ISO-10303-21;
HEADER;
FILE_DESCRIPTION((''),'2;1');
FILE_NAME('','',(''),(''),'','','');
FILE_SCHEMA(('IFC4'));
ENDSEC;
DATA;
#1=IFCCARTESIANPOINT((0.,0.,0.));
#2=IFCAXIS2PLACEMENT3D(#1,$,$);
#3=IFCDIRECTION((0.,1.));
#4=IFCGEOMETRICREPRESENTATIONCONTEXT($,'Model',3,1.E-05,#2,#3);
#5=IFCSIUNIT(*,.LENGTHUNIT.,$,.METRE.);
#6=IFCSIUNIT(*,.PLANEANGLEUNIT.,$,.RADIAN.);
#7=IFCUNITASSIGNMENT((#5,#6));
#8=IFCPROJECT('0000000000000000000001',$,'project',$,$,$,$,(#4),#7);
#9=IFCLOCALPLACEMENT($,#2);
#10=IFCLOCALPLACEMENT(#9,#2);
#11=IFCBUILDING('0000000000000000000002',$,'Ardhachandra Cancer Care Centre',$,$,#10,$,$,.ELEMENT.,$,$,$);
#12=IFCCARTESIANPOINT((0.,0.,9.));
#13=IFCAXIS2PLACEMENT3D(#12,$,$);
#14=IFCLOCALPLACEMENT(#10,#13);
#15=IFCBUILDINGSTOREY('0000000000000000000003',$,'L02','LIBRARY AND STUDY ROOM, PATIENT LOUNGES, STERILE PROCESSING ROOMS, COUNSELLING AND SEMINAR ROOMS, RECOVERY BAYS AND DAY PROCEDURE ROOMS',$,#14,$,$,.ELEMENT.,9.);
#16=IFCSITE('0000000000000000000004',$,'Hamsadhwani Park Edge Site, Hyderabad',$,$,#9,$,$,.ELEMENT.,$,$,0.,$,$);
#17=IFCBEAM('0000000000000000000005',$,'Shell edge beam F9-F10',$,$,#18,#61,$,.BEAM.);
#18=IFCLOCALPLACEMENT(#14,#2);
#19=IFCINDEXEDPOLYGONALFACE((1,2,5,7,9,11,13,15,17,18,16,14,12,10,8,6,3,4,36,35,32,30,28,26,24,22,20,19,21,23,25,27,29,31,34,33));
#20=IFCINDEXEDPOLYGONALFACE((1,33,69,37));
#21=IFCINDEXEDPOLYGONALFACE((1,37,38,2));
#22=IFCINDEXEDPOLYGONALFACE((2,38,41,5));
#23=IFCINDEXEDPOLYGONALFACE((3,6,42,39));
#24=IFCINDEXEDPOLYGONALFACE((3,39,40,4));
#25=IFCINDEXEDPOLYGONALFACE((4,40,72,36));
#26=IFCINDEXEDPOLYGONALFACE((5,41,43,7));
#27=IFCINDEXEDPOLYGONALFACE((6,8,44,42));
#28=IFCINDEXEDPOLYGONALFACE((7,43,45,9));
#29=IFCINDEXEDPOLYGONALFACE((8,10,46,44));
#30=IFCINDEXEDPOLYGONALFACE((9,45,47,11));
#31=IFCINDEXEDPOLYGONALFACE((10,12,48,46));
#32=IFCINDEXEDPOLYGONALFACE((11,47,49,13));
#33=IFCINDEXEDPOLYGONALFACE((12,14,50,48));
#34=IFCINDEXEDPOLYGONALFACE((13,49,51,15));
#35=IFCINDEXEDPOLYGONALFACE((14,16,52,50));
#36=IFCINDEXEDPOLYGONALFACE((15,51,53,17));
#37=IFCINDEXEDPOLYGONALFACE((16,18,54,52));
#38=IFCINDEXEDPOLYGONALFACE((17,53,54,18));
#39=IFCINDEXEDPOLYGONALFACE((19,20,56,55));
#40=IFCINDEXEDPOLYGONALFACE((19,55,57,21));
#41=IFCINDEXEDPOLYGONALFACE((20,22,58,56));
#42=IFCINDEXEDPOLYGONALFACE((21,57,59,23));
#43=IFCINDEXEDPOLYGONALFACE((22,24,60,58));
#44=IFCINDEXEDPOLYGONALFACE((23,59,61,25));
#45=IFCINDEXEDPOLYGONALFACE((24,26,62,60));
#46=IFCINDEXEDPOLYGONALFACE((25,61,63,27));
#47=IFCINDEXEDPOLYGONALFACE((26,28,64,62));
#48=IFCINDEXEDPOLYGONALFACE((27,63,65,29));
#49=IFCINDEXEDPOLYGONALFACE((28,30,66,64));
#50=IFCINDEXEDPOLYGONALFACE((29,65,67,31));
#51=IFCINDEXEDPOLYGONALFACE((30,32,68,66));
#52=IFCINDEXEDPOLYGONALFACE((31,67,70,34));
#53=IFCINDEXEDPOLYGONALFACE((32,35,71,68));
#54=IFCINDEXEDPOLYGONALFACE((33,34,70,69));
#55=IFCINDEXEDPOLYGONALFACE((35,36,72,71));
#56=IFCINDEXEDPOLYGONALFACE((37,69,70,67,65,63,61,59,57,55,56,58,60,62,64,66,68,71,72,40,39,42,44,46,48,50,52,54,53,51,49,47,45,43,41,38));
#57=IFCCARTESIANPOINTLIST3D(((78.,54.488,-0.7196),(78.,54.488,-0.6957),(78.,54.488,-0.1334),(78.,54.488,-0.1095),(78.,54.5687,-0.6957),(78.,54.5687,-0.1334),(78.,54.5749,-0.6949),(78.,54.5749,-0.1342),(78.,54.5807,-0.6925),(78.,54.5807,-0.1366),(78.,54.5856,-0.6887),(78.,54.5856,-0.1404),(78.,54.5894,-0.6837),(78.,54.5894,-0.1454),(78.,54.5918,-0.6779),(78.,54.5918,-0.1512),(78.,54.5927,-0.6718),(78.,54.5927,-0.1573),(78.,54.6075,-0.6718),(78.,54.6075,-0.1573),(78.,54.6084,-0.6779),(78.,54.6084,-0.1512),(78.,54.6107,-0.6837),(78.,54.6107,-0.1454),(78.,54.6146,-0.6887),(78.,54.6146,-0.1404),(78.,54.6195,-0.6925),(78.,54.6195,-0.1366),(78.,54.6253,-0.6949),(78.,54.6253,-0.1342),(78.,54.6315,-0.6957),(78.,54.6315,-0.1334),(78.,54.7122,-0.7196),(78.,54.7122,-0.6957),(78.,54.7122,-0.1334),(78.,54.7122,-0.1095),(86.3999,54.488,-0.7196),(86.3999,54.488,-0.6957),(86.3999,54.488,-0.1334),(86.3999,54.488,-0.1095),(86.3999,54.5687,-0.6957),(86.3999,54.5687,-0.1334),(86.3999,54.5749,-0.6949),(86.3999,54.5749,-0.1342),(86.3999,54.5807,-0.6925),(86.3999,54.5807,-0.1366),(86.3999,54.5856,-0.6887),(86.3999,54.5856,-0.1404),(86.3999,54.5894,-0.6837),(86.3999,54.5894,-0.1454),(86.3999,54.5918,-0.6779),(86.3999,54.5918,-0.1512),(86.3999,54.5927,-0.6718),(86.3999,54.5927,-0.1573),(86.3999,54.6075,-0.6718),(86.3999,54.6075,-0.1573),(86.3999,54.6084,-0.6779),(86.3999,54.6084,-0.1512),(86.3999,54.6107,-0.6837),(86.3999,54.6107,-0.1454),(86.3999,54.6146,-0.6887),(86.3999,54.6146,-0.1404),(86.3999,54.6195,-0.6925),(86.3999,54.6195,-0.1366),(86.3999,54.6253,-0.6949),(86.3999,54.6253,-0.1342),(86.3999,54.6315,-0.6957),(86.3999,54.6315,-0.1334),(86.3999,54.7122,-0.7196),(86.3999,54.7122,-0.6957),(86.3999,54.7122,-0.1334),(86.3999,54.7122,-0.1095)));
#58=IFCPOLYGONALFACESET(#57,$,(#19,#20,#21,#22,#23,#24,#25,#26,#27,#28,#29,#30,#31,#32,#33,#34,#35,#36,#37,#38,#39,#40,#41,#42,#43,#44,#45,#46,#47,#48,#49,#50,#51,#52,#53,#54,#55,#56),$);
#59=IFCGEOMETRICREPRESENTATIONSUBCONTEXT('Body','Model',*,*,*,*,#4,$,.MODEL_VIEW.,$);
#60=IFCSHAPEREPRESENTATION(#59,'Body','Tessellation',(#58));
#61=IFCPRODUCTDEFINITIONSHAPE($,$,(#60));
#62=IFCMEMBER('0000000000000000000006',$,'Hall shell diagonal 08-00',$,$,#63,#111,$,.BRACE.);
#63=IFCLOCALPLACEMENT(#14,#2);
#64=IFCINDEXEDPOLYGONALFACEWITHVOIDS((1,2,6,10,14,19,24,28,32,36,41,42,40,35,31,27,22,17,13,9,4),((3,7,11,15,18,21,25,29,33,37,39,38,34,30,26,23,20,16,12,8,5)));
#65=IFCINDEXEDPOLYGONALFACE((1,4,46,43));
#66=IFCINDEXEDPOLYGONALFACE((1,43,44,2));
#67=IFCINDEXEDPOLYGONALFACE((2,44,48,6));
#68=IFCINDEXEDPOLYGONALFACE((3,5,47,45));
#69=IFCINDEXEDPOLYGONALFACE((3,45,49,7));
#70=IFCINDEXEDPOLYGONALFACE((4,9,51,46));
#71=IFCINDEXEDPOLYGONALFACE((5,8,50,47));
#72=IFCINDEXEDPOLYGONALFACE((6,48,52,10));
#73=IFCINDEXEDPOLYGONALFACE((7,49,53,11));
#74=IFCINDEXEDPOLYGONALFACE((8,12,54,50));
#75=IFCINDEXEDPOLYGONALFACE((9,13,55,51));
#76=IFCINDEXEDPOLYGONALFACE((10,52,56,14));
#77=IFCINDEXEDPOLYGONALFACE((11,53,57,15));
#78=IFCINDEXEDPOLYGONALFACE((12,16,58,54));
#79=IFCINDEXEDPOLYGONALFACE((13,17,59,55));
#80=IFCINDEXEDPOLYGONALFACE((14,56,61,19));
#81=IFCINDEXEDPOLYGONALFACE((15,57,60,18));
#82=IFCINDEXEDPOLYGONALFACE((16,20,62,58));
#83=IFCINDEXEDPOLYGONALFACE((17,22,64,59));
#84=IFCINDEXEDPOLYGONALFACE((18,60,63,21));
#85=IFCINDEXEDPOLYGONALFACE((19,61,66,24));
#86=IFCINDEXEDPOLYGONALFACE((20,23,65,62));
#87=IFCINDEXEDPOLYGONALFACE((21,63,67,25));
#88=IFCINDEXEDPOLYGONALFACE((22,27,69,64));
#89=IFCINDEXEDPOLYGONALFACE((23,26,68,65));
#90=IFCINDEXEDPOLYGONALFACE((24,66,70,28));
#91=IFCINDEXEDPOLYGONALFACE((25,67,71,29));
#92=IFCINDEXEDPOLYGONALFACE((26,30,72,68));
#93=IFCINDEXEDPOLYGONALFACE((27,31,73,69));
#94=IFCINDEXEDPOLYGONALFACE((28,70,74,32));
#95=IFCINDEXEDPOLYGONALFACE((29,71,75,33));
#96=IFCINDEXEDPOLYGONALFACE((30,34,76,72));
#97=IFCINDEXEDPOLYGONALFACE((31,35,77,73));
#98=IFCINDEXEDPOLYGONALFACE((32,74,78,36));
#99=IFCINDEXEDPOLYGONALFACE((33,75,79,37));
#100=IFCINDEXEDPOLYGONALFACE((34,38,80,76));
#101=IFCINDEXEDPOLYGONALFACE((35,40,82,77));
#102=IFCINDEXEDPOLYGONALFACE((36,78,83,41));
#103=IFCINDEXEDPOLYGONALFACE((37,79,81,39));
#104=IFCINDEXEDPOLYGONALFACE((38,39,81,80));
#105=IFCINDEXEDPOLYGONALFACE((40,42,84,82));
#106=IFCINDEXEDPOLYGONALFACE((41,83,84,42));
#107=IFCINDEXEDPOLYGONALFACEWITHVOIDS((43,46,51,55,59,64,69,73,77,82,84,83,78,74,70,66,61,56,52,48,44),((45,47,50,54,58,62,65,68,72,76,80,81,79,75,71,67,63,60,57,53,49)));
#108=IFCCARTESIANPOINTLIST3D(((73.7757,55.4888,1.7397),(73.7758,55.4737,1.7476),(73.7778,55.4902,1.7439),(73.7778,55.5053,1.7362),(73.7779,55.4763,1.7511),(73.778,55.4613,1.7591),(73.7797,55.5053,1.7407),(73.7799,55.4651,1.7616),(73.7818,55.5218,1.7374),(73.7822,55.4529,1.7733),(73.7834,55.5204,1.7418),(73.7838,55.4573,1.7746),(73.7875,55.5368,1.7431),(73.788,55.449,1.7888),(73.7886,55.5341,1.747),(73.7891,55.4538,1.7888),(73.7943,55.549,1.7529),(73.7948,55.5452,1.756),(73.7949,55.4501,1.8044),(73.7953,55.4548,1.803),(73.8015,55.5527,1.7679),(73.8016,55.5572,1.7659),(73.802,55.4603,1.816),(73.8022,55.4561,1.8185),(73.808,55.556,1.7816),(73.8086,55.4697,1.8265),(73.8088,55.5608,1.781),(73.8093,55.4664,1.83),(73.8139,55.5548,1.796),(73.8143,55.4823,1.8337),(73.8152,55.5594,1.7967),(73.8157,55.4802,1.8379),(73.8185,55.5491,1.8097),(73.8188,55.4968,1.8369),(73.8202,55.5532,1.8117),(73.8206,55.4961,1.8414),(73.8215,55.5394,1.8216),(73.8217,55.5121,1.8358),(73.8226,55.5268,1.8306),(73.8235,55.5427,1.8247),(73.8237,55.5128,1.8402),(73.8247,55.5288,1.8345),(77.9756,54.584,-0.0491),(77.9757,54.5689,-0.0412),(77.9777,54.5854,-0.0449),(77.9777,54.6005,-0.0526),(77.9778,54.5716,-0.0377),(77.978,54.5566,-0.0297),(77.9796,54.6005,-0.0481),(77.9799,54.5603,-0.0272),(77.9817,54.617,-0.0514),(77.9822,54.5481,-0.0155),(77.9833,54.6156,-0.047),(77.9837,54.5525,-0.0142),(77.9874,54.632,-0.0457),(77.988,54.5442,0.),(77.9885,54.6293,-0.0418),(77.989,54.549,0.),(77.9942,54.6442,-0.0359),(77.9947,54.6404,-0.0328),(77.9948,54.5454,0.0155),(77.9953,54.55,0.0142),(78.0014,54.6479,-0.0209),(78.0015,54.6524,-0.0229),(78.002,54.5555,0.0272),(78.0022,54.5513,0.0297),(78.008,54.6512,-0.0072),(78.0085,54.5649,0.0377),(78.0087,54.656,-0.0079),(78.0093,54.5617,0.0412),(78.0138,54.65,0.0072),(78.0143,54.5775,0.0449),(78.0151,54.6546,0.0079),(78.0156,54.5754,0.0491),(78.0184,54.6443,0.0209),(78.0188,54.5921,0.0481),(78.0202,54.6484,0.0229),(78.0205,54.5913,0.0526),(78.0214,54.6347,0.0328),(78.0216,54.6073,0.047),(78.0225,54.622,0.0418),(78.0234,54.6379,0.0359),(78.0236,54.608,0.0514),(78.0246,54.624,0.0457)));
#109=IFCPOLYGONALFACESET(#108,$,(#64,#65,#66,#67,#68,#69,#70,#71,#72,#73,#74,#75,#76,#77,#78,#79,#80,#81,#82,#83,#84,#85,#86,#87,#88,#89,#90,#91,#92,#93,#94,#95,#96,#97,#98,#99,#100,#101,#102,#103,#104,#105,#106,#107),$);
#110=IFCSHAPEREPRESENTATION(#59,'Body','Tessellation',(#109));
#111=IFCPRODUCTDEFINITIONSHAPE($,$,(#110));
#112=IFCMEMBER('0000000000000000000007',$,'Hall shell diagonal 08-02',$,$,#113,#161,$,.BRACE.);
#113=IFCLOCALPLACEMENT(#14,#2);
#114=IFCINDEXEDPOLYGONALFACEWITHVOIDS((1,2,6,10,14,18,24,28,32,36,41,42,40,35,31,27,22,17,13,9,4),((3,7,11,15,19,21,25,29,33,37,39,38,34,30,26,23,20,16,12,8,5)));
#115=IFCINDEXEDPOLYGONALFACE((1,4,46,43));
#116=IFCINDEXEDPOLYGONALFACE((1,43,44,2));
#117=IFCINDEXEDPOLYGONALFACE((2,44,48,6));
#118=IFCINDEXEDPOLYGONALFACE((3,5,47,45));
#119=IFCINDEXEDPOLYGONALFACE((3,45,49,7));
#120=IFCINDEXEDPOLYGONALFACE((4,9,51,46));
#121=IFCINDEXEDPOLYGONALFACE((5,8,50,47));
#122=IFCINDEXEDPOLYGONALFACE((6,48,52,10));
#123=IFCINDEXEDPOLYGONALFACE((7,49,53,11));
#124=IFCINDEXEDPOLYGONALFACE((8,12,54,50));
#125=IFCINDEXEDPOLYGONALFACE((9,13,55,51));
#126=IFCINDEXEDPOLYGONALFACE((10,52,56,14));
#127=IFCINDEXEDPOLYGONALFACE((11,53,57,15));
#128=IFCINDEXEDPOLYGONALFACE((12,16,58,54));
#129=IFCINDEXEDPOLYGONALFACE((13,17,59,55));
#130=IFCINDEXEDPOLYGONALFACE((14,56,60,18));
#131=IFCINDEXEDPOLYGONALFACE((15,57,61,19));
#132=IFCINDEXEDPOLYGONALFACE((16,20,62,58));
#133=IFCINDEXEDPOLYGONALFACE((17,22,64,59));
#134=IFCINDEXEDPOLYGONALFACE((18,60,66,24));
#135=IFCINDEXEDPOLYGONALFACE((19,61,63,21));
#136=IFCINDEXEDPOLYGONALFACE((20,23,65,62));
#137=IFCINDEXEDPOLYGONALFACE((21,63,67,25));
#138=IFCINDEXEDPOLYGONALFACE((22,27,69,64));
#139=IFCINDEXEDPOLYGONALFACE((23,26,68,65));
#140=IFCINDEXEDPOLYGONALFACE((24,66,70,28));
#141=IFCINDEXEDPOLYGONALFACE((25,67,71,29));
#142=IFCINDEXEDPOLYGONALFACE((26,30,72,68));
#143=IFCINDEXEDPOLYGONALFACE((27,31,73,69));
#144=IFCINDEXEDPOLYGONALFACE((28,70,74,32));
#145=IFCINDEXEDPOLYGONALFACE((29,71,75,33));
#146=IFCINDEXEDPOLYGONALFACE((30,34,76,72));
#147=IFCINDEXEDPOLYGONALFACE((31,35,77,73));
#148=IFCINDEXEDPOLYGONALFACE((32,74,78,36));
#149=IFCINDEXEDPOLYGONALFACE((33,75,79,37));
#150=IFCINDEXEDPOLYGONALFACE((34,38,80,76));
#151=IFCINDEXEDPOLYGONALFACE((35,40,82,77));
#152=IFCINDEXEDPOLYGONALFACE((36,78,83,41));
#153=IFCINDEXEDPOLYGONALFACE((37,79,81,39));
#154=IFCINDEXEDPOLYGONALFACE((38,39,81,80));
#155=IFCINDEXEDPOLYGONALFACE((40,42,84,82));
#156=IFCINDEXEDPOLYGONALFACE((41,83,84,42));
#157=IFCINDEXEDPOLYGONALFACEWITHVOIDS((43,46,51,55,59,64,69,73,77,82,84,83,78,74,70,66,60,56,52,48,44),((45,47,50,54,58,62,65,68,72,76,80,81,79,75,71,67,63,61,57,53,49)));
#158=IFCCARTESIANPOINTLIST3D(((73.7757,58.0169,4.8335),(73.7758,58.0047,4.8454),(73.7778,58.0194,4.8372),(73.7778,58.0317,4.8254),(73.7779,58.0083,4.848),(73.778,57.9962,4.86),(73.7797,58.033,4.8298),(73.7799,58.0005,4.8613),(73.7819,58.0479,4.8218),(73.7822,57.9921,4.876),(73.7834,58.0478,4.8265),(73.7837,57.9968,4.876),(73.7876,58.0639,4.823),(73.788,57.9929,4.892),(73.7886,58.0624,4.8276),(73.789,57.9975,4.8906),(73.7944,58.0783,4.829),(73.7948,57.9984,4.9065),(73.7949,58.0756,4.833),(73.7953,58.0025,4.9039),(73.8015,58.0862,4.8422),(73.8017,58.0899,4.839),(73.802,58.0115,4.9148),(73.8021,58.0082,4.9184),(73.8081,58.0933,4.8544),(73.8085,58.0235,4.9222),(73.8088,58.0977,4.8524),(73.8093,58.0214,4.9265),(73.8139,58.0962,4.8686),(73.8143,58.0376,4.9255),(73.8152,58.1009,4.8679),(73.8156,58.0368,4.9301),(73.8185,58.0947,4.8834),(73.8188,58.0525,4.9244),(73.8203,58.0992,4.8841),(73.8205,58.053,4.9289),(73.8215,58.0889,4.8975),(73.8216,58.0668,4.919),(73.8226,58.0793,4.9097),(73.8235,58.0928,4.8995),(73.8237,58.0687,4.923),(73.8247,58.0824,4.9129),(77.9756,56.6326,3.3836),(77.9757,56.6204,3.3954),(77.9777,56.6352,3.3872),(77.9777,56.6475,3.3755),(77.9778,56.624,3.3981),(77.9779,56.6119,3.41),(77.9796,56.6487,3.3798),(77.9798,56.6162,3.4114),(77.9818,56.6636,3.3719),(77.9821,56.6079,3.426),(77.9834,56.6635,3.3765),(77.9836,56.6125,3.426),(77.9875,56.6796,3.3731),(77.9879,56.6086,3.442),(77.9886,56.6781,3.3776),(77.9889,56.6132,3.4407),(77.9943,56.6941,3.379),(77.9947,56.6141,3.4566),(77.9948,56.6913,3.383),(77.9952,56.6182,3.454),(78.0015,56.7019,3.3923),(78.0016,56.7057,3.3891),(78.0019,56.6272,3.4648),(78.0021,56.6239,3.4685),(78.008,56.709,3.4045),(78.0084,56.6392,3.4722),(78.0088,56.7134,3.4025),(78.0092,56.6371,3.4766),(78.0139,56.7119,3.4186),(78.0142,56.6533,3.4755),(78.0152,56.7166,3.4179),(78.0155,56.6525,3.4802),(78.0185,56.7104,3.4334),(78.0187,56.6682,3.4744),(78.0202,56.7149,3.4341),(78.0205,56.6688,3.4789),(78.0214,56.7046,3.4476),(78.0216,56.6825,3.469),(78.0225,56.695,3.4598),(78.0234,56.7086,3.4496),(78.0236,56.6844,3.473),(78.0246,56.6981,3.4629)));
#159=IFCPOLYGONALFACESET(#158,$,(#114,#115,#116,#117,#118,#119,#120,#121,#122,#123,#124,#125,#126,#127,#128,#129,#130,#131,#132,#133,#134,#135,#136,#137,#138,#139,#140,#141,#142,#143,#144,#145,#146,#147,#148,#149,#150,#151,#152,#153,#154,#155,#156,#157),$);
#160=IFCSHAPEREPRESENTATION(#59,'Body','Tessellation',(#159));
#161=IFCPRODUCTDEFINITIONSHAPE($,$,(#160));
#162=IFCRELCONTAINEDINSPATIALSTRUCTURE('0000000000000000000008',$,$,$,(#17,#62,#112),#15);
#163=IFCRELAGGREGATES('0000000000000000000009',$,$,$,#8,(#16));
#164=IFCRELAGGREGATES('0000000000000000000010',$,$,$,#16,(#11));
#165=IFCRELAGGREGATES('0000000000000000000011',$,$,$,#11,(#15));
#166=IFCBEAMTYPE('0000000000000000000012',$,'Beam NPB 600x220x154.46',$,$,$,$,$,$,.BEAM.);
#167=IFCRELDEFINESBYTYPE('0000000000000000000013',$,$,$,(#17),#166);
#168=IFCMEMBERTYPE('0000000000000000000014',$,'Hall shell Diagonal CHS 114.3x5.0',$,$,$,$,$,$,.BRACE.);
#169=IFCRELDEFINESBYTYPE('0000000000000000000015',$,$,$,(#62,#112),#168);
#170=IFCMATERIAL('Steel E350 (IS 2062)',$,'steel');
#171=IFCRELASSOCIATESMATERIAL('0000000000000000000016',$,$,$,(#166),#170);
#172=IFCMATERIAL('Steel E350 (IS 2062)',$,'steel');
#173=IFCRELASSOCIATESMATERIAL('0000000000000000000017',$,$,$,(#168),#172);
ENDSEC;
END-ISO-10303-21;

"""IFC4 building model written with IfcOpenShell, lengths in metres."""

from ifc_helpers import new_model, si_unit, direction, frame, origin, origin_2d, place, context, subcontext, project, spatial, hollow_circle, i_section, extrude, material, material_profile, profile_set, type_object, element, save


model = new_model("IFC4")

# Units and contexts
model_context = context("Model", 3, precision=1e-05, world=origin(), true_north=direction((0.0, 1.0)))
body_context = subcontext(model_context, "Body", "Model", "MODEL_VIEW")
ifc_project = project(units=[si_unit("LENGTHUNIT", "METRE"), si_unit("PLANEANGLEUNIT", "RADIAN")], contexts=[model_context])

# Site, building, storey
site_placement = place(None, origin())
site = spatial("IfcSite", under=ifc_project, at=site_placement, Name="Hamsadhwani Park Edge Site, Hyderabad", CompositionType="ELEMENT", RefElevation=0.0)
building_placement = place(site_placement, origin())
building = spatial("IfcBuilding", under=site, at=building_placement, Name="Ardhachandra Cancer Care Centre", CompositionType="ELEMENT")
storey_placement = place(building_placement, frame((0.0, 0.0, 9.0)))
storey = spatial("IfcBuildingStorey", under=building, at=storey_placement, Name="L02", Description="LIBRARY AND STUDY ROOM, PATIENT LOUNGES, STERILE PROCESSING ROOMS, COUNSELLING AND SEMINAR ROOMS, RECOVERY BAYS AND DAY PROCEDURE ROOMS", CompositionType="ELEMENT", Elevation=9.0)

# Beam
ifc_material_1 = material(Name="Steel E350 (IS 2062)", Category="steel")
ifc_material_profile_1 = material_profile(ifc_material_1, i_section(OverallWidth=0.2241, OverallDepth=0.6101, WebThickness=0.0149, FlangeThickness=0.0239, FilletRadius=0.0239, at=origin_2d()), Name="NPB 600x220x154.46")
ifc_profile_set_1 = profile_set([ifc_material_profile_1], Name="Steel E350 (IS 2062)")
beam_type = type_object("IfcBeamType", Name="Beam NPB 600x220x154.46", PredefinedType="BEAM", material=ifc_profile_set_1)
beam_placement = place(storey_placement, frame((78.0, 54.6001, -0.4146), z_axis=(1.0, 0.0, 0.0), x_axis=(0.0, 1.0, 0.0)))
element("IfcBeam", 1, at=beam_placement, inside=storey, type_object=beam_type, Name="Shell edge beam F9-F10", PredefinedType="BEAM", context=body_context, shape_type="SweptSolid", body=[
    extrude(i_section(OverallWidth=0.2241, OverallDepth=0.6101, WebThickness=0.0149, FlangeThickness=0.0239, FilletRadius=0.0239, at=origin_2d()), origin(), (0.0, 0.0, 1.0), 8.3999),
])

# Members
ifc_material_2 = material(Name="Steel E350 (IS 2062)", Category="steel")
ifc_material_profile_2 = material_profile(ifc_material_2, hollow_circle(Radius=0.0571, WallThickness=0.0049, at=origin_2d()), Name="CHS 114.3x5.0")
ifc_profile_set_2 = profile_set([ifc_material_profile_2], Name="Steel E350 (IS 2062)")
member_type_1 = type_object("IfcMemberType", Name="Hall shell Diagonal CHS 114.3x5.0", PredefinedType="BRACE", material=ifc_profile_set_2)
for number, where, z_axis, x_axis, name in (
    (2, (78.0, 54.6001, 0.0), (-0.902473, 0.194417, 0.384376), (-0.210596, -0.977573, 0.0), "Hall shell diagonal 08-00"),
    (3, (78.0, 56.6621, 3.426), (-0.902471, 0.297449, 0.311561), (-0.313029, -0.949743, 0.0), "Hall shell diagonal 08-02"),
):
    element("IfcMember", number, at=place(storey_placement, frame(where, z_axis=z_axis, x_axis=x_axis)), inside=storey, type_object=member_type_1, Name=name, PredefinedType="BRACE", context=body_context, shape_type="SweptSolid", body=[
        extrude(hollow_circle(Radius=0.0571, WallThickness=0.0049, at=origin_2d()), origin(), (0.0, 0.0, 1.0), 4.6538),
    ])

save(model, "model.ifc")
